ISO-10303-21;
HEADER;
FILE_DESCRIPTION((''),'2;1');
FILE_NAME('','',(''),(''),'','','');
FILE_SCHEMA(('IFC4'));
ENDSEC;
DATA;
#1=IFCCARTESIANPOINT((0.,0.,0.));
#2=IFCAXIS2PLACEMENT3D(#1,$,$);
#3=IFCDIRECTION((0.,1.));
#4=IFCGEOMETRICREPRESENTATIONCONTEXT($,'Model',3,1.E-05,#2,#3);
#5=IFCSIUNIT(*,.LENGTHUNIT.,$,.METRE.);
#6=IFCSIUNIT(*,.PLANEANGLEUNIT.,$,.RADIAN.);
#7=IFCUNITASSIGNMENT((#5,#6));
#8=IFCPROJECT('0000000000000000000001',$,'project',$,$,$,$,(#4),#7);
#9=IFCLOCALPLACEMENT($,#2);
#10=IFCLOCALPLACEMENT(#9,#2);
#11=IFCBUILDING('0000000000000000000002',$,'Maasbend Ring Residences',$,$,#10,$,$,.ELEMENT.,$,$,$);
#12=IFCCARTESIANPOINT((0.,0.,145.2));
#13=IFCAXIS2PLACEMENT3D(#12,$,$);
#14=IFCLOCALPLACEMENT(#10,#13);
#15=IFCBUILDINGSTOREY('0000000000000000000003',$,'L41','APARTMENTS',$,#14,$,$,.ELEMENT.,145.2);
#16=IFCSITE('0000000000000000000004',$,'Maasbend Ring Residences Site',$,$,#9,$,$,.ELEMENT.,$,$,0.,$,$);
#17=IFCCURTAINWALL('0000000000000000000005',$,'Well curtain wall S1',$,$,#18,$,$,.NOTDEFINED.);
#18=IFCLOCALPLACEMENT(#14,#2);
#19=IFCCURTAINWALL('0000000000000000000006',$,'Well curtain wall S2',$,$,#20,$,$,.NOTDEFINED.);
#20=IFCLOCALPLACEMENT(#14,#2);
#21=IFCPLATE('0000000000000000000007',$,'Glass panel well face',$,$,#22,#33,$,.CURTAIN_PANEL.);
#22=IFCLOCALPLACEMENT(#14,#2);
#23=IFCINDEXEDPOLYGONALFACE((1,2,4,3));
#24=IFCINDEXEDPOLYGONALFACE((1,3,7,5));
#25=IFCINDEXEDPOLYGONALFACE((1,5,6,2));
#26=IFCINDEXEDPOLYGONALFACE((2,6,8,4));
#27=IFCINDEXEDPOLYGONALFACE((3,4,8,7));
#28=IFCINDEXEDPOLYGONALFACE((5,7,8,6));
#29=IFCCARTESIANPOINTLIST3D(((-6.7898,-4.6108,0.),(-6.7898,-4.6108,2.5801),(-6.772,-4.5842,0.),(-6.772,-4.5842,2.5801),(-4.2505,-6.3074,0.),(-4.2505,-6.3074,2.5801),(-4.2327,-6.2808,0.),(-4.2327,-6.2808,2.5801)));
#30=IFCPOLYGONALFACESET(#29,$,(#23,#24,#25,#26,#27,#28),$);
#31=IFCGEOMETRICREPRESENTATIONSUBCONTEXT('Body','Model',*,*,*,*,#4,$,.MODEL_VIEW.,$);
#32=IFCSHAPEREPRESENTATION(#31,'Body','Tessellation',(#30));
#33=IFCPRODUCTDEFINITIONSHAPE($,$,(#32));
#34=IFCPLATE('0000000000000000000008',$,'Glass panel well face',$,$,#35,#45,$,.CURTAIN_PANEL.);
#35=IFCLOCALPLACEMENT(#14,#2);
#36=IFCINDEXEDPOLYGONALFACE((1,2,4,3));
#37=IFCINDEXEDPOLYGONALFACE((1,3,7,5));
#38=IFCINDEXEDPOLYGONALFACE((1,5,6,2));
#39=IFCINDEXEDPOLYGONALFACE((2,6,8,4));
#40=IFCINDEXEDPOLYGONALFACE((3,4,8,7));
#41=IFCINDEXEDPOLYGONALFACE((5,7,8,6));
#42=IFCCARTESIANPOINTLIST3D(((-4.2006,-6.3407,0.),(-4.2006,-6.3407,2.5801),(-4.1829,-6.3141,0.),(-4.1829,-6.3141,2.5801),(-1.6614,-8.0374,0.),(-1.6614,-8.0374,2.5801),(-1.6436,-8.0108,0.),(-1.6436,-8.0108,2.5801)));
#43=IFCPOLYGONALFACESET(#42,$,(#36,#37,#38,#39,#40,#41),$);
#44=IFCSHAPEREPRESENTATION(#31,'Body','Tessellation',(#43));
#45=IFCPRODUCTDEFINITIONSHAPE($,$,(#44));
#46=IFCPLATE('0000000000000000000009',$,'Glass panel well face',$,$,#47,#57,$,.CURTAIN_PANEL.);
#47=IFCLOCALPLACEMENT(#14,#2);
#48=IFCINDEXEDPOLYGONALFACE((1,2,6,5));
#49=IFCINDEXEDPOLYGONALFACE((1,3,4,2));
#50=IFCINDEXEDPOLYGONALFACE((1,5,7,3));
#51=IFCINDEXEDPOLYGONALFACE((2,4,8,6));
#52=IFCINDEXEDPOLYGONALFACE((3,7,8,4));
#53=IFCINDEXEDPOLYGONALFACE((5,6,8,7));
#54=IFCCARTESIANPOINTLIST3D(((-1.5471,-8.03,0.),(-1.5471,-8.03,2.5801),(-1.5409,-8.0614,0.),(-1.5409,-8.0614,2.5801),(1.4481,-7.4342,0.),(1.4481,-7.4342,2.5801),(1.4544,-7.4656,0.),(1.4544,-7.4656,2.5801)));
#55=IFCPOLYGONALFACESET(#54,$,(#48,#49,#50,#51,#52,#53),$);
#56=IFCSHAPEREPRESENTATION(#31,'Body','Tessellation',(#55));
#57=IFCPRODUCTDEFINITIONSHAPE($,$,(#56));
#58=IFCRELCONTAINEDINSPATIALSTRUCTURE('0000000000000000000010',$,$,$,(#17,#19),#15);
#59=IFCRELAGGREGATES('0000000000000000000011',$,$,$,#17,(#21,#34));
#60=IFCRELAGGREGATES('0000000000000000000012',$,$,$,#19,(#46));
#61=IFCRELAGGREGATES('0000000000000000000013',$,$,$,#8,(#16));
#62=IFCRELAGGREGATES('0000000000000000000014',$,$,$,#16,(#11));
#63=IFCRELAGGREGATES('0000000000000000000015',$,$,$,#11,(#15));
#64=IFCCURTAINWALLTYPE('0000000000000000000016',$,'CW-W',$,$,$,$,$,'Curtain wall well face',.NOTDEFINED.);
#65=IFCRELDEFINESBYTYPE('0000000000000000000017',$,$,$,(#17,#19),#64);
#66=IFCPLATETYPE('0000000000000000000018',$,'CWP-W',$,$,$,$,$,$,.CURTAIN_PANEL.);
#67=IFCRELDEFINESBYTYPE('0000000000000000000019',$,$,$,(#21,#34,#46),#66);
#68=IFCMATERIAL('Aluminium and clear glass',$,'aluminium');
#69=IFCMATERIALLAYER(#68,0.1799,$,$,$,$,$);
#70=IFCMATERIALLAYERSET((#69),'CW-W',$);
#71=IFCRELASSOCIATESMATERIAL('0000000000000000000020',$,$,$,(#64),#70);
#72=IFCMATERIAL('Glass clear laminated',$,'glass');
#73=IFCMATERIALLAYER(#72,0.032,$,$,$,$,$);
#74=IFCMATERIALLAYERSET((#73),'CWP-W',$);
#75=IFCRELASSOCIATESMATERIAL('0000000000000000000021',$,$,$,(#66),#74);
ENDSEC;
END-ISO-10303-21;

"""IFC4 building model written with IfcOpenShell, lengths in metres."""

from ifc_helpers import new_model, si_unit, direction, frame, origin, origin_2d, place, context, subcontext, project, spatial, rectangle, extrude, material, layer, layer_set, type_object, element, aggregate, save


model = new_model("IFC4")

# Units and contexts
model_context = context("Model", 3, precision=1e-05, world=origin(), true_north=direction((0.0, 1.0)))
body_context = subcontext(model_context, "Body", "Model", "MODEL_VIEW")
ifc_project = project(units=[si_unit("LENGTHUNIT", "METRE"), si_unit("PLANEANGLEUNIT", "RADIAN")], contexts=[model_context])

# Site, building, storey
site_placement = place(None, origin())
site = spatial("IfcSite", under=ifc_project, at=site_placement, Name="Maasbend Ring Residences Site", CompositionType="ELEMENT", RefElevation=0.0)
building_placement = place(site_placement, origin())
building = spatial("IfcBuilding", under=site, at=building_placement, Name="Maasbend Ring Residences", CompositionType="ELEMENT")
storey_placement = place(building_placement, frame((0.0, 0.0, 145.2)))
storey = spatial("IfcBuildingStorey", under=building, at=storey_placement, Name="L41", Description="APARTMENTS", CompositionType="ELEMENT", Elevation=145.2)

# Curtain wall
ifc_material_1 = material(Name="Aluminium and clear glass", Category="aluminium")
ifc_layer_1 = layer(ifc_material_1, 0.1799)
ifc_layer_set_1 = layer_set([ifc_layer_1], Name="CW-W")
curtain_wall_type = type_object("IfcCurtainWallType", Name="CW-W", ElementType="Curtain wall well face", PredefinedType="NOTDEFINED", material=ifc_layer_set_1)
curtain_wall_1_placement = place(storey_placement, origin())
curtain_wall_1 = element("IfcCurtainWall", 1, at=curtain_wall_1_placement, inside=storey, type_object=curtain_wall_type, Name="Well curtain wall S1", PredefinedType="NOTDEFINED")

# Curtain wall
curtain_wall_2_placement = place(storey_placement, origin())
curtain_wall_2 = element("IfcCurtainWall", 2, at=curtain_wall_2_placement, inside=storey, type_object=curtain_wall_type, Name="Well curtain wall S2", PredefinedType="NOTDEFINED")

# Plates
ifc_material_2 = material(Name="Glass clear laminated", Category="glass")
ifc_layer_2 = layer(ifc_material_2, 0.032)
ifc_layer_set_2 = layer_set([ifc_layer_2], Name="CWP-W")
plate_type = type_object("IfcPlateType", Name="CWP-W", PredefinedType="CURTAIN_PANEL", material=ifc_layer_set_2)
plate_1_placement = place(storey_placement, frame((-5.5112, -5.4458, 0.0), z_axis=(0.0, 0.0, 1.0), x_axis=(0.83147, -0.55557, 0.0)))
plate_1 = element("IfcPlate", 3, at=plate_1_placement, type_object=plate_type, Name="Glass panel well face", PredefinedType="CURTAIN_PANEL", context=body_context, shape_type="SweptSolid", body=[
    extrude(rectangle(XDim=3.054, YDim=0.032, at=origin_2d()), origin(), (0.0, 0.0, 1.0), 2.5801),
])
plate_2_placement = place(storey_placement, frame((-2.9221, -7.1758, 0.0), z_axis=(0.0, 0.0, 1.0), x_axis=(0.83147, -0.55557, 0.0)))
plate_2 = element("IfcPlate", 4, at=plate_2_placement, type_object=plate_type, Name="Glass panel well face", PredefinedType="CURTAIN_PANEL", context=body_context, shape_type="SweptSolid", body=[
    extrude(rectangle(XDim=3.054, YDim=0.032, at=origin_2d()), origin(), (0.0, 0.0, 1.0), 2.5801),
])
aggregate(curtain_wall_1, [plate_1, plate_2])
plate_3_placement = place(storey_placement, frame((-0.0464, -7.7478, 0.0), z_axis=(0.0, 0.0, 1.0), x_axis=(0.980785, 0.19509, 0.0)))
plate_3 = element("IfcPlate", 5, at=plate_3_placement, type_object=plate_type, Name="Glass panel well face", PredefinedType="CURTAIN_PANEL", context=body_context, shape_type="SweptSolid", body=[
    extrude(rectangle(XDim=3.054, YDim=0.032, at=origin_2d()), origin(), (0.0, 0.0, 1.0), 2.5801),
])
aggregate(curtain_wall_2, [plate_3])

save(model, "model.ifc")
